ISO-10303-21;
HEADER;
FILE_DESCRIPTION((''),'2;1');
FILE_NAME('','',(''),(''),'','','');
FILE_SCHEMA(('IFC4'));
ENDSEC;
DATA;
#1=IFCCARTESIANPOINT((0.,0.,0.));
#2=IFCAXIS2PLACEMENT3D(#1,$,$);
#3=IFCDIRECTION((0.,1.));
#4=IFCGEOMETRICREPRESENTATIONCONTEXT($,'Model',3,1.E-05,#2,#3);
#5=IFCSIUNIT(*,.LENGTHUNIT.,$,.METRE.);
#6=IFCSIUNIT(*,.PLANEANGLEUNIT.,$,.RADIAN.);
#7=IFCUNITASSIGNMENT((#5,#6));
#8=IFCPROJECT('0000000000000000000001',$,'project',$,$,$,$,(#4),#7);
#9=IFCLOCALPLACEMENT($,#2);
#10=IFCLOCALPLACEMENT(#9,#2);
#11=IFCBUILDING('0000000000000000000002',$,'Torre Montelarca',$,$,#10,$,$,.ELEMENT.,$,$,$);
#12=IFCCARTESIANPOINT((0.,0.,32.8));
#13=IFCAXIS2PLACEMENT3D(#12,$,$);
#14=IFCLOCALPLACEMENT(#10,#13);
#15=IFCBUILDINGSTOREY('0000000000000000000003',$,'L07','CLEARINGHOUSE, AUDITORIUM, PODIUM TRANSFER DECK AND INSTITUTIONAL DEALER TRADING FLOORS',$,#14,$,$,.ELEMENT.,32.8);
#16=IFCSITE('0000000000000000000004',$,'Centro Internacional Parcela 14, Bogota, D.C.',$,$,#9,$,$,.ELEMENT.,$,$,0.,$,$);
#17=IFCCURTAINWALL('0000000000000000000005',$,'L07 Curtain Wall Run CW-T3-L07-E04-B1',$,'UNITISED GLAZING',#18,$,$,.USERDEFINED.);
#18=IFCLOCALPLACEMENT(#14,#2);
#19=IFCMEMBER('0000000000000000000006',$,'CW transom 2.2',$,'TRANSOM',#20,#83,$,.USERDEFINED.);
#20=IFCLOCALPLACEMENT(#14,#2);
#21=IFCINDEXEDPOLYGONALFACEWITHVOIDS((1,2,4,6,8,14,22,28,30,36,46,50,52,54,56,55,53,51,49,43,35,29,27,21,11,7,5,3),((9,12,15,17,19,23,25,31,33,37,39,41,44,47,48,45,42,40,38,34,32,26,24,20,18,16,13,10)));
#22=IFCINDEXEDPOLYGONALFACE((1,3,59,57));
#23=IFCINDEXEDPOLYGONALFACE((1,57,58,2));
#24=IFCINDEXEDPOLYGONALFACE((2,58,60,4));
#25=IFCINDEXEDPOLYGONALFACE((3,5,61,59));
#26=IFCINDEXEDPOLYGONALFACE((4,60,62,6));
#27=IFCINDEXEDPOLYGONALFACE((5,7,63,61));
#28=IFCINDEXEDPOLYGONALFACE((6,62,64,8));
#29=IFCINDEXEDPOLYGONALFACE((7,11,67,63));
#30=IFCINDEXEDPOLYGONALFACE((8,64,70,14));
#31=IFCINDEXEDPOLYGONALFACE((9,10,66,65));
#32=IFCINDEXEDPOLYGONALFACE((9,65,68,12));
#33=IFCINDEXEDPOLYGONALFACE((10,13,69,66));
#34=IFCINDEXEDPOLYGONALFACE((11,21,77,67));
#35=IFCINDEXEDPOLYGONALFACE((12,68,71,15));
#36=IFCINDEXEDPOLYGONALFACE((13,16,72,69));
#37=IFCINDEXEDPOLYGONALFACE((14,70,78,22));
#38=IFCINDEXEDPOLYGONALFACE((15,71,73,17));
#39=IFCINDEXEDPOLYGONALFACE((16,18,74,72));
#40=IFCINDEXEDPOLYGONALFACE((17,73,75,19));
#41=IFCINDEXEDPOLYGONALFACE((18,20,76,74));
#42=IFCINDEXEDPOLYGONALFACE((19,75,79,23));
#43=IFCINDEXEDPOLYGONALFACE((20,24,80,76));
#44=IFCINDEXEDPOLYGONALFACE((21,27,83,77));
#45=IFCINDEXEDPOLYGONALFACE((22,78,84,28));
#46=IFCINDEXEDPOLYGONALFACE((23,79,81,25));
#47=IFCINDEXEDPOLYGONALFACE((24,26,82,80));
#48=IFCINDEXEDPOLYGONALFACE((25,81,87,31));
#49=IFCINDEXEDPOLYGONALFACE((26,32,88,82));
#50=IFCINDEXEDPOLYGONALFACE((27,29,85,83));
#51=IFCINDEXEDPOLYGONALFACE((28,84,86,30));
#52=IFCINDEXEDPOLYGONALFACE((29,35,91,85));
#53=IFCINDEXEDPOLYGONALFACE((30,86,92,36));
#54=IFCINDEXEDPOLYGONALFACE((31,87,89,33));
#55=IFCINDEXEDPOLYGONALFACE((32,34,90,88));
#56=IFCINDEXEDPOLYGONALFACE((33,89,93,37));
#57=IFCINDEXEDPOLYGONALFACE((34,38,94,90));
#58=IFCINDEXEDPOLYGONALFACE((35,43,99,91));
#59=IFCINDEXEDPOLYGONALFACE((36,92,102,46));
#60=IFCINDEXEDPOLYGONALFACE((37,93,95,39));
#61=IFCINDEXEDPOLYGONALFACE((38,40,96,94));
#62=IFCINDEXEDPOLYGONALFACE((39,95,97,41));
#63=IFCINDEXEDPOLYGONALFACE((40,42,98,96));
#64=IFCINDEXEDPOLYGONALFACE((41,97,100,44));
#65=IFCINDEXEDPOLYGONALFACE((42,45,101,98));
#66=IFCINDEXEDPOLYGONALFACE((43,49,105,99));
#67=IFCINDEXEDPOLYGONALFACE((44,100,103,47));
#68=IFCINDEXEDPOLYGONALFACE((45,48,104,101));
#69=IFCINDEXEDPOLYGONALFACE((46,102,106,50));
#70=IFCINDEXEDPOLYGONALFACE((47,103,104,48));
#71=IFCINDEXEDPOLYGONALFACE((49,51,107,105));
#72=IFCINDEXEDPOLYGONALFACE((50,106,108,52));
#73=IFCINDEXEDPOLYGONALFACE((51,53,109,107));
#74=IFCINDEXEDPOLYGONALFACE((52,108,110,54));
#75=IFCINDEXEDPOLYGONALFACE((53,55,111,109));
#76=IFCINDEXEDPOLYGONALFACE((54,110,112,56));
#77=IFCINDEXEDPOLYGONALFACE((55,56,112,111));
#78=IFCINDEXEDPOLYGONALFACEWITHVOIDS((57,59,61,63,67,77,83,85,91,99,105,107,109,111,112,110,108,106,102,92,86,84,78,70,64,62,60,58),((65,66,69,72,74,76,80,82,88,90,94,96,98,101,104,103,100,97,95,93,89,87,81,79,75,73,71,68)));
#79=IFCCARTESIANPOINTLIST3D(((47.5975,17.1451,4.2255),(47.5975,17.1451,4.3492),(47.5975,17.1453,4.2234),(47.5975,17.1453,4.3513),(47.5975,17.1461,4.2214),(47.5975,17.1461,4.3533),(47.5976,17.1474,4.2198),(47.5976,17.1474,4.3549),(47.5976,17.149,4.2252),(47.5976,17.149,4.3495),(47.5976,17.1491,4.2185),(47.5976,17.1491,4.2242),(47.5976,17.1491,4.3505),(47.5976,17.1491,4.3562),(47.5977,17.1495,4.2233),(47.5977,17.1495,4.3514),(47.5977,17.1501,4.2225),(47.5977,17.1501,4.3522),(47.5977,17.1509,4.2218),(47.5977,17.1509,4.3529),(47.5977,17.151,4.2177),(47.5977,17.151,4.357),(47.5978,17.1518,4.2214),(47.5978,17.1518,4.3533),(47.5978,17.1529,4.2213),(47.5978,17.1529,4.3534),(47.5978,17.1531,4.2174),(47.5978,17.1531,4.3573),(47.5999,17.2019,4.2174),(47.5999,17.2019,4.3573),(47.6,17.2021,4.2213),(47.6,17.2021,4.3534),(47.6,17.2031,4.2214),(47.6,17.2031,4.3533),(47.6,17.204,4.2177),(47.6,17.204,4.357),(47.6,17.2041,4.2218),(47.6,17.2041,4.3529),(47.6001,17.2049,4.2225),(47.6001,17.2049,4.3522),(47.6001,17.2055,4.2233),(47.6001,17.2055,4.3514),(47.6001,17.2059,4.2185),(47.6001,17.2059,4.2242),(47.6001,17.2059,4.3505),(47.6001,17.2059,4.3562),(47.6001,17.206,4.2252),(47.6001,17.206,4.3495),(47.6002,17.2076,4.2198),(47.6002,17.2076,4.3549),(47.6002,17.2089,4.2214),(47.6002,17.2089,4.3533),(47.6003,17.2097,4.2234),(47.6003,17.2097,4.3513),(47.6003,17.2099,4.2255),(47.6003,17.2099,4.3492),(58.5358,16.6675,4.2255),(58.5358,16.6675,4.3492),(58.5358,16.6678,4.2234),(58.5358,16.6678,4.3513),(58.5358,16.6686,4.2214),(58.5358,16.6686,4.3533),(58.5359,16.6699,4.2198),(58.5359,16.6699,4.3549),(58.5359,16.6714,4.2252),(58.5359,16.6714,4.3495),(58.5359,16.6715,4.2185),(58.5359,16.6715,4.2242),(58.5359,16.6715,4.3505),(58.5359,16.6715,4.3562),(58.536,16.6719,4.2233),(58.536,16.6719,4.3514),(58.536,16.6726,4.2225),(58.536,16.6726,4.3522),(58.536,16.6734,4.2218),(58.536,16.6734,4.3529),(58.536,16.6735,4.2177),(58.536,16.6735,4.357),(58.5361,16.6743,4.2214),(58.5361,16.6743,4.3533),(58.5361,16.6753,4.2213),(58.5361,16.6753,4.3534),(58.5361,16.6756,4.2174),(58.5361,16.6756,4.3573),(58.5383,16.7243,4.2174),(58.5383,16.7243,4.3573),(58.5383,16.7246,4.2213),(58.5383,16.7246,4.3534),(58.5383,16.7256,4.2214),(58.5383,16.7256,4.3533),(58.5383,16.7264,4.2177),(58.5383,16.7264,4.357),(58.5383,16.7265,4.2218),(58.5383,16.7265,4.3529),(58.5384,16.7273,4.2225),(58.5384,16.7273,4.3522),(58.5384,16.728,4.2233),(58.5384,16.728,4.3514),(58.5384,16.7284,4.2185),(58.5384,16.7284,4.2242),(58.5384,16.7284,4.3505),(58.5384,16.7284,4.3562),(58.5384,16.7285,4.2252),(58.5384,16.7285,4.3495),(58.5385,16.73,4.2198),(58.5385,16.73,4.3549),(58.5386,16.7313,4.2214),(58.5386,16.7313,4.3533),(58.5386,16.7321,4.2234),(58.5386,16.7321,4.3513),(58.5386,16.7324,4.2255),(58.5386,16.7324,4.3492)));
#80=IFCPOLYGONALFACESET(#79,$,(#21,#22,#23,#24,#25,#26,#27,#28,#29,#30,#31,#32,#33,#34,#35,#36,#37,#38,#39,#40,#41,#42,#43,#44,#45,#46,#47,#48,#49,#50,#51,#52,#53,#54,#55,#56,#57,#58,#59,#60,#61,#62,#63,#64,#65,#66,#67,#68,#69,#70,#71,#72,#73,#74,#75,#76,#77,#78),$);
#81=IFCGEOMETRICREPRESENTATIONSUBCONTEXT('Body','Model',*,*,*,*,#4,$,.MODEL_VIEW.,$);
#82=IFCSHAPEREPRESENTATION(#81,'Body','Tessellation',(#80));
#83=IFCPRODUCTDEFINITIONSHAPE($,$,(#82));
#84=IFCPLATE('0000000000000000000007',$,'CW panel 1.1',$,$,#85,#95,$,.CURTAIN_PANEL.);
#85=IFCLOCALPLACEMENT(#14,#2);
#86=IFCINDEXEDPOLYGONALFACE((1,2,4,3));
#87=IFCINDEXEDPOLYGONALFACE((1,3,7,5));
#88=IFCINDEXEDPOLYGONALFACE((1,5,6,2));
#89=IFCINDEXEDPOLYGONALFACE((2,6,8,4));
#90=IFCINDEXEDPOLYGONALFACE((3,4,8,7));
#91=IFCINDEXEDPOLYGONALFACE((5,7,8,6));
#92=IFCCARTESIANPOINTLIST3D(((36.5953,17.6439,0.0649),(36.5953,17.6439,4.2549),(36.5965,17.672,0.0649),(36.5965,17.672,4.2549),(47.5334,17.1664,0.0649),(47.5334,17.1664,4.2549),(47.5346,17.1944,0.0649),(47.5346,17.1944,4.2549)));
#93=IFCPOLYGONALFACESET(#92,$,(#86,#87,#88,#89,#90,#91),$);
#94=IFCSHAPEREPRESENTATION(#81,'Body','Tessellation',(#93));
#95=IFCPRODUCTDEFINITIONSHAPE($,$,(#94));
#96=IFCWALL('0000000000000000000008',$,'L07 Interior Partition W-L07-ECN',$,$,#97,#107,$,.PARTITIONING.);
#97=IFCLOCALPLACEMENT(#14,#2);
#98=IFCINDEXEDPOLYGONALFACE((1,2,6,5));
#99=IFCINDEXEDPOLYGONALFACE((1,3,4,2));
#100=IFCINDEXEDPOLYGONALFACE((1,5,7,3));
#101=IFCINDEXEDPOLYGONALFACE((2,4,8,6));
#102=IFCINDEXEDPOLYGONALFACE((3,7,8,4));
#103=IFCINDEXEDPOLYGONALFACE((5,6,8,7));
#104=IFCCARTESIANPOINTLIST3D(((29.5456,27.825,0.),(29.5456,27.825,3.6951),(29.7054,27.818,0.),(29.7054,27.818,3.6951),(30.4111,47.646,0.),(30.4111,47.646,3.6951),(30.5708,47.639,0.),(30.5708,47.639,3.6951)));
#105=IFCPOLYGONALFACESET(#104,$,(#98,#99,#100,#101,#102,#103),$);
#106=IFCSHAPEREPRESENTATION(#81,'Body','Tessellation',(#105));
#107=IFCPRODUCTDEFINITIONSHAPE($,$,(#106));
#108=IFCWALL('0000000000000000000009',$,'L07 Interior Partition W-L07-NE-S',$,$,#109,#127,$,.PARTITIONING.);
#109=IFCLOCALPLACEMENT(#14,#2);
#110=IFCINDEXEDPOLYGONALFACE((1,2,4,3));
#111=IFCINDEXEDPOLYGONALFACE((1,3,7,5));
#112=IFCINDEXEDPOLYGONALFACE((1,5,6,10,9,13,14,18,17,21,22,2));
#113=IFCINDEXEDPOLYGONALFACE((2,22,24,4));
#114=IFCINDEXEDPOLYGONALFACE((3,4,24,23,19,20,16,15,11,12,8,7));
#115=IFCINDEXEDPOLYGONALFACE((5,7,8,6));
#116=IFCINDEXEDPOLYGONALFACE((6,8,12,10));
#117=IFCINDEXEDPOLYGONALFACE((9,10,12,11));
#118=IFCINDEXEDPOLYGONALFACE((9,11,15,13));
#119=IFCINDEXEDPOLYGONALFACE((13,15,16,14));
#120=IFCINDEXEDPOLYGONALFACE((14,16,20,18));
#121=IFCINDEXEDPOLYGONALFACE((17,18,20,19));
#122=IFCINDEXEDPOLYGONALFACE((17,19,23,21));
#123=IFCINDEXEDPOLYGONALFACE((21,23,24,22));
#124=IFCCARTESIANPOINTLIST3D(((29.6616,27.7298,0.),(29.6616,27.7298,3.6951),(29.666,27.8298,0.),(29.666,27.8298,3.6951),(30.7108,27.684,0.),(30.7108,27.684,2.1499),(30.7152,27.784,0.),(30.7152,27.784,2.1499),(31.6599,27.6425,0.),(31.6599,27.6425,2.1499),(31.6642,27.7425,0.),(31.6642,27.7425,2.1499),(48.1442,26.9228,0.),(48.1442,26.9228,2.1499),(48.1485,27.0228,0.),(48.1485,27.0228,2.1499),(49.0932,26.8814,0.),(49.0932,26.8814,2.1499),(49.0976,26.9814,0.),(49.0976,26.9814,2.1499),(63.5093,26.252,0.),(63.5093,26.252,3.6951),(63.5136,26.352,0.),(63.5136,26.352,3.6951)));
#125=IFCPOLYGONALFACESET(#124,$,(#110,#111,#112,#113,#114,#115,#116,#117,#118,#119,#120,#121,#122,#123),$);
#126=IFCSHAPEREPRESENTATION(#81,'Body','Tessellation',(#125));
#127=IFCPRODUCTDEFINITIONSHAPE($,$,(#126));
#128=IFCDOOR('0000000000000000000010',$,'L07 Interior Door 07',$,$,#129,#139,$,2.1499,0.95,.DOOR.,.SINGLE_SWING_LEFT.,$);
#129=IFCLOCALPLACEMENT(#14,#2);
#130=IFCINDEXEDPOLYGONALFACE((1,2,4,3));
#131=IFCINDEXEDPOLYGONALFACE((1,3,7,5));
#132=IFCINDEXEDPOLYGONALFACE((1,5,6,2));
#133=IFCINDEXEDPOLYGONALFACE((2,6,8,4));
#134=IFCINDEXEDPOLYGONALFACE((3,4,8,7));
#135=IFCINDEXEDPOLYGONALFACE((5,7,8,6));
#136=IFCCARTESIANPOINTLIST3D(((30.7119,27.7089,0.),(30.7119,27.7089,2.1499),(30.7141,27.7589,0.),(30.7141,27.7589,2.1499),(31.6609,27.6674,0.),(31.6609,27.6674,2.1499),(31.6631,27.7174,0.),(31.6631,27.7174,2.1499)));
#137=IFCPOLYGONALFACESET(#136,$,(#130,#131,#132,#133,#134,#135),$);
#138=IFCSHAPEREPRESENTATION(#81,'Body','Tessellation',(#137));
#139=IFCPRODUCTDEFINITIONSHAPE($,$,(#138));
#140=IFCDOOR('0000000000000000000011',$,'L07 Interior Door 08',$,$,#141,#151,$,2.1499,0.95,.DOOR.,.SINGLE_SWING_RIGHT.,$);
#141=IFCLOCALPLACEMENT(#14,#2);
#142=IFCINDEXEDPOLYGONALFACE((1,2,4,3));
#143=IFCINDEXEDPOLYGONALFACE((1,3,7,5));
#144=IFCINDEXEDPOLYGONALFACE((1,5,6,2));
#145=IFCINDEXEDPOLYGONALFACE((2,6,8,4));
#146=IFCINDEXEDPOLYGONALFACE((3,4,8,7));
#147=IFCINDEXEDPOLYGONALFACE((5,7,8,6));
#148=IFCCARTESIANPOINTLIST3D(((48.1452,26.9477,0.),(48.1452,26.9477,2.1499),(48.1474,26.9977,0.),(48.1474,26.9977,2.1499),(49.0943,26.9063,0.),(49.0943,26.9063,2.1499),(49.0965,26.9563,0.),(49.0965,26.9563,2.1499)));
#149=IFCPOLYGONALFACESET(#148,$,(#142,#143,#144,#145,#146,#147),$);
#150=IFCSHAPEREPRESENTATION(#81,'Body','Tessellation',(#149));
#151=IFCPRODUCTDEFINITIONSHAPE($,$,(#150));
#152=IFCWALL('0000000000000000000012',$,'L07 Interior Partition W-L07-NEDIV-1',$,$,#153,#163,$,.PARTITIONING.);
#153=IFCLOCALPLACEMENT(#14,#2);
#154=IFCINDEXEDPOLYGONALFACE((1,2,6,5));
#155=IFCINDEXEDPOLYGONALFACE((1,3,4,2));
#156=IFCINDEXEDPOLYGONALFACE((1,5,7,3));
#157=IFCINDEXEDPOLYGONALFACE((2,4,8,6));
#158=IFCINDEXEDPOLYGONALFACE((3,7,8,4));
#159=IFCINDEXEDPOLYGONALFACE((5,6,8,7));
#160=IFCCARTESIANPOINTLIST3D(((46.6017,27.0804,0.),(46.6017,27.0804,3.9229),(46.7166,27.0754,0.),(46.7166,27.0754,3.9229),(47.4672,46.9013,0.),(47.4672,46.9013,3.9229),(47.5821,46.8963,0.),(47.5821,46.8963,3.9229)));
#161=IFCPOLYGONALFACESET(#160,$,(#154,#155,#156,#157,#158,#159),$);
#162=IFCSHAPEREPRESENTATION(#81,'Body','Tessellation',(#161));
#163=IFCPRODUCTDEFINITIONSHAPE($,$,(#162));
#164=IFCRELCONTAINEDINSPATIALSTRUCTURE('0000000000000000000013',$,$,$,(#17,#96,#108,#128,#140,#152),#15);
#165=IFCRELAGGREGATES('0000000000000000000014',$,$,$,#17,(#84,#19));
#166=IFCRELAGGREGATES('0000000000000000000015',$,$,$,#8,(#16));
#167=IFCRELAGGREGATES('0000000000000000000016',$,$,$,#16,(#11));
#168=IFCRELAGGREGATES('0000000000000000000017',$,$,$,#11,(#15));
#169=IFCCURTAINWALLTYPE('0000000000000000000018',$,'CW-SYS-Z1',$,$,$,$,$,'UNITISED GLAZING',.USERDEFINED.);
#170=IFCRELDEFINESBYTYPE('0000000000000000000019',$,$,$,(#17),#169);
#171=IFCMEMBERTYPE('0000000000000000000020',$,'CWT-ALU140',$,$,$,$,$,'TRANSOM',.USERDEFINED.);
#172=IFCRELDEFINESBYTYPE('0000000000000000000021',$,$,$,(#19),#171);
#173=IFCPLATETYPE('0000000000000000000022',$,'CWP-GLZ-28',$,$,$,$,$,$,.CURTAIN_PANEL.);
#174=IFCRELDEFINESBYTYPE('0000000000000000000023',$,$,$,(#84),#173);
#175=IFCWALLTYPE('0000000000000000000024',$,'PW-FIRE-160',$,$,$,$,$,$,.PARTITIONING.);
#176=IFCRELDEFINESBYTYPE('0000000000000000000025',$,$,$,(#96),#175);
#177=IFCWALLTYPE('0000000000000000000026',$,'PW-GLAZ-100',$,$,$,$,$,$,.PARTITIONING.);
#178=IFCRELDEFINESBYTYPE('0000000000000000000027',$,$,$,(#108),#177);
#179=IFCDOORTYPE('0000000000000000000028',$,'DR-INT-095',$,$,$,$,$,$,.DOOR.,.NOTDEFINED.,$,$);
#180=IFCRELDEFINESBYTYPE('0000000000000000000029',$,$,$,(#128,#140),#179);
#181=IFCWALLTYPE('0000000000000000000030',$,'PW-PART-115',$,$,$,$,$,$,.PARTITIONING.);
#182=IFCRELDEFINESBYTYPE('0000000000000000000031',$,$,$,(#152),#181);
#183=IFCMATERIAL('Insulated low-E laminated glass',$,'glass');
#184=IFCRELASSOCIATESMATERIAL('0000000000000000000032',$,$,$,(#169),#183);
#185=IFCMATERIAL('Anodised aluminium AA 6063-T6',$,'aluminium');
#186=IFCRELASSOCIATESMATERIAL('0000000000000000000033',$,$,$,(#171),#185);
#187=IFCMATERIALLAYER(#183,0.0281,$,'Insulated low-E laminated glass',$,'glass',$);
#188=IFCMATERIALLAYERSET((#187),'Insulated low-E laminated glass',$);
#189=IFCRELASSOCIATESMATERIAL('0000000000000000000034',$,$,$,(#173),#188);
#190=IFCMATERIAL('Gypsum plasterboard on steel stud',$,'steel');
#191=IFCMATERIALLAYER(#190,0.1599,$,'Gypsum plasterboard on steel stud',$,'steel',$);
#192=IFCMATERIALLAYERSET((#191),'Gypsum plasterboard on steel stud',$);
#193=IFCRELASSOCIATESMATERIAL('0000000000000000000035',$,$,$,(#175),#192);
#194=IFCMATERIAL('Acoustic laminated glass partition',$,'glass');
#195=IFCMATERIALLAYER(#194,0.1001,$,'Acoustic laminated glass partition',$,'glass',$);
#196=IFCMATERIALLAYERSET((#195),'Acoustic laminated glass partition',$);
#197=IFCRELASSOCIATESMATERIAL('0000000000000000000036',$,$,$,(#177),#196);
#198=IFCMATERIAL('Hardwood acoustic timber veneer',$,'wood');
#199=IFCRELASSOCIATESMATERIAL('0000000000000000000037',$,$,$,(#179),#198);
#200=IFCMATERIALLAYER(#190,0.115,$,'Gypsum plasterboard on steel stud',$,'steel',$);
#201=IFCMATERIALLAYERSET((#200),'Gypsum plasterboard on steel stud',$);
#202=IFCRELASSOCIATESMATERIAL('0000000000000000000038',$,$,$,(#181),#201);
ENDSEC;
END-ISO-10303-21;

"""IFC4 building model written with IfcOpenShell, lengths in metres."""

from ifc_helpers import new_model, si_unit, direction, frame, frame_2d, origin, origin_2d, place, context, subcontext, project, spatial, rectangle, hollow_rectangle, extrude, source, transform, mapped, material, layer, layer_set, material_profile, profile_set, type_object, element, fill, aggregate, save


model = new_model("IFC4")

# Units and contexts
model_context = context("Model", 3, precision=1e-05, world=origin(), true_north=direction((0.0, 1.0)))
body_context = subcontext(model_context, "Body", "Model", "MODEL_VIEW")
ifc_project = project(units=[si_unit("LENGTHUNIT", "METRE"), si_unit("PLANEANGLEUNIT", "RADIAN")], contexts=[model_context])

# Site, building, storey
site_placement = place(None, origin())
site = spatial("IfcSite", under=ifc_project, at=site_placement, Name="Centro Internacional Parcela 14, Bogota, D.C.", CompositionType="ELEMENT", RefElevation=0.0)
building_placement = place(site_placement, origin())
building = spatial("IfcBuilding", under=site, at=building_placement, Name="Torre Montelarca", CompositionType="ELEMENT")
storey_placement = place(building_placement, frame((0.0, 0.0, 32.8)))
storey = spatial("IfcBuildingStorey", under=building, at=storey_placement, Name="L07", Description="CLEARINGHOUSE, AUDITORIUM, PODIUM TRANSFER DECK AND INSTITUTIONAL DEALER TRADING FLOORS", CompositionType="ELEMENT", Elevation=32.8)

# Shared definitions
ifc_material_1 = material(Name="Insulated low-E laminated glass", Category="glass")
curtain_wall_type = type_object("IfcCurtainWallType", Name="CW-SYS-Z1", ElementType="UNITISED GLAZING", PredefinedType="USERDEFINED", material=ifc_material_1)
ifc_material_2 = material(Name="Anodised aluminium AA 6063-T6", Category="aluminium")

# Curtain wall, member, plate
curtain_wall_1_placement = place(storey_placement, origin())
curtain_wall_1 = element("IfcCurtainWall", 1, at=curtain_wall_1_placement, inside=storey, type_object=curtain_wall_type, Name="L07 Curtain Wall Run CW-T3-L07-E04-B1", ObjectType="UNITISED GLAZING", PredefinedType="USERDEFINED")
ifc_material_profile_1 = material_profile(ifc_material_2, hollow_rectangle(XDim=0.0649, YDim=0.1399, WallThickness=0.0039, InnerFilletRadius=0.0039, OuterFilletRadius=0.0081, at=origin_2d()), Name="ALU65X140X4", Category="aluminium")
ifc_profile_set_1 = profile_set([ifc_material_profile_1], Name="Anodised aluminium AA 6063-T6")
member_type_1 = type_object("IfcMemberType", Name="CWT-ALU140", ElementType="TRANSOM", PredefinedType="USERDEFINED", material=ifc_profile_set_1)
shared_shape_1 = source(origin(), body_context, "Body", "SweptSolid", [
    extrude(hollow_rectangle(XDim=0.0649, YDim=0.1399, WallThickness=0.0039, InnerFilletRadius=0.0039, OuterFilletRadius=0.0081, at=origin_2d()), origin(), (0.0, 0.0, 1.0), 10.9487),
])
member_1_placement = place(storey_placement, frame((47.5989, 17.1775, 4.2874), z_axis=(0.999048, -0.043616, 0.0), x_axis=(0.043616, 0.999048, 0.0)))
member_1 = element("IfcMember", 2, at=member_1_placement, type_object=member_type_1, Name="CW transom 2.2", ObjectType="TRANSOM", PredefinedType="USERDEFINED", context=body_context, shape_type="MappedRepresentation", body=[
    mapped(shared_shape_1, transform((0.0, 0.0, 0.0), scale=1.0)),
])
ifc_layer_1 = layer(ifc_material_1, 0.0281, Name="Insulated low-E laminated glass", Category="glass")
ifc_layer_set_1 = layer_set([ifc_layer_1], Name="Insulated low-E laminated glass")
plate_type = type_object("IfcPlateType", Name="CWP-GLZ-28", PredefinedType="CURTAIN_PANEL", material=ifc_layer_set_1)
shared_shape_2 = source(origin(), body_context, "Body", "SweptSolid", [
    extrude(rectangle(XDim=10.9485, YDim=0.0281, at=origin_2d()), origin(), (0.0, 0.0, 1.0), 4.1899),
])
plate_placement = place(storey_placement, frame((42.0649, 17.4192, 0.0649), z_axis=(0.0, 0.0, 1.0), x_axis=(0.999048, -0.043617, 0.0)))
plate = element("IfcPlate", 3, at=plate_placement, type_object=plate_type, Name="CW panel 1.1", PredefinedType="CURTAIN_PANEL", context=body_context, shape_type="MappedRepresentation", body=[
    mapped(shared_shape_2, transform((0.0, 0.0, 0.0), scale=1.0)),
])
aggregate(curtain_wall_1, [plate, member_1])

# Wall
ifc_material_3 = material(Name="Gypsum plasterboard on steel stud", Category="steel")
ifc_layer_2 = layer(ifc_material_3, 0.1599, Name="Gypsum plasterboard on steel stud", Category="steel")
ifc_layer_set_2 = layer_set([ifc_layer_2], Name="Gypsum plasterboard on steel stud")
wall_type_1 = type_object("IfcWallType", Name="PW-FIRE-160", PredefinedType="PARTITIONING", material=ifc_layer_set_2)
wall_1_placement = place(storey_placement, frame((29.6255, 27.8215, 0.0), z_axis=(0.0, 0.0, 1.0), x_axis=(0.043623, 0.999048, 0.0)))
element("IfcWall", 4, at=wall_1_placement, inside=storey, type_object=wall_type_1, Name="L07 Interior Partition W-L07-ECN", PredefinedType="PARTITIONING", context=body_context, shape_type="SweptSolid", body=[
    extrude(rectangle(XDim=19.8398, YDim=0.1599, at=frame_2d((9.9199, 0.0))), origin(), (0.0, 0.0, 1.0), 3.6951),
])

# Wall, openings, doors
ifc_material_4 = material(Name="Acoustic laminated glass partition", Category="glass")
ifc_layer_3 = layer(ifc_material_4, 0.1001, Name="Acoustic laminated glass partition", Category="glass")
ifc_layer_set_3 = layer_set([ifc_layer_3], Name="Acoustic laminated glass partition")
wall_type_2 = type_object("IfcWallType", Name="PW-GLAZ-100", PredefinedType="PARTITIONING", material=ifc_layer_set_3)
wall_2_placement = place(storey_placement, frame((29.6638, 27.7798, 0.0), z_axis=(0.0, 0.0, 1.0), x_axis=(0.999048, -0.043618, 0.0)))
wall_2 = element("IfcWall", 5, at=wall_2_placement, inside=storey, type_object=wall_type_2, Name="L07 Interior Partition W-L07-NE-S", PredefinedType="PARTITIONING", context=body_context, shape_type="SweptSolid", body=[
    extrude(rectangle(XDim=33.8799, YDim=0.1001, at=frame_2d((16.9399, 0.0))), origin(), (0.0, 0.0, 1.0), 3.6951),
])
opening_1_placement = place(wall_2_placement, frame((1.05, 0.0, 0.0)))
opening_1 = element("IfcOpeningElement", 6, at=opening_1_placement, cuts=wall_2, PredefinedType="OPENING", context=body_context, shape_type="SweptSolid", body=[
    extrude(rectangle(XDim=0.95, YDim=2.1499, at=frame_2d((0.4751, 1.075))), frame((0.0, 0.0601, 0.0), z_axis=(0.0, -1.0, 0.0), x_axis=(1.0, 0.0, 0.0)), (0.0, 0.0, 1.0), 0.1201),
])
opening_2_placement = place(wall_2_placement, frame((18.5, 0.0, 0.0)))
opening_2 = element("IfcOpeningElement", 7, at=opening_2_placement, cuts=wall_2, PredefinedType="OPENING", context=body_context, shape_type="SweptSolid", body=[
    extrude(rectangle(XDim=0.95, YDim=2.1499, at=frame_2d((0.4751, 1.075))), frame((0.0, 0.0601, 0.0), z_axis=(0.0, -1.0, 0.0), x_axis=(1.0, 0.0, 0.0)), (0.0, 0.0, 1.0), 0.1201),
])
ifc_material_5 = material(Name="Hardwood acoustic timber veneer", Category="wood")
door_type = type_object("IfcDoorType", Name="DR-INT-095", OperationType="NOTDEFINED", PredefinedType="DOOR", material=ifc_material_5)
shared_shape_3 = source(origin(), body_context, "Body", "SweptSolid", [
    extrude(rectangle(XDim=0.95, YDim=2.1499, at=frame_2d((0.4751, 1.075))), frame((0.0, 0.0249, 0.0), z_axis=(0.0, -1.0, 0.0), x_axis=(1.0, 0.0, 0.0)), (0.0, 0.0, 1.0), 0.05),
])
door_1_placement = place(opening_1_placement, origin())
door_1 = element("IfcDoor", 8, at=door_1_placement, inside=storey, type_object=door_type, Name="L07 Interior Door 07", OperationType="SINGLE_SWING_LEFT", OverallHeight=2.1499, OverallWidth=0.95, PredefinedType="DOOR", context=body_context, shape_type="MappedRepresentation", body=[
    mapped(shared_shape_3, transform((0.0, 0.0, 0.0), scale=1.0)),
])
fill(opening_1, door_1)
door_2_placement = place(opening_2_placement, origin())
door_2 = element("IfcDoor", 9, at=door_2_placement, inside=storey, type_object=door_type, Name="L07 Interior Door 08", OperationType="SINGLE_SWING_RIGHT", OverallHeight=2.1499, OverallWidth=0.95, PredefinedType="DOOR", context=body_context, shape_type="MappedRepresentation", body=[
    mapped(shared_shape_3, transform((0.0, 0.0, 0.0), scale=1.0)),
])
fill(opening_2, door_2)

# Wall
ifc_layer_4 = layer(ifc_material_3, 0.115, Name="Gypsum plasterboard on steel stud", Category="steel")
ifc_layer_set_4 = layer_set([ifc_layer_4], Name="Gypsum plasterboard on steel stud")
wall_type_3 = type_object("IfcWallType", Name="PW-PART-115", PredefinedType="PARTITIONING", material=ifc_layer_set_4)
wall_3_placement = place(storey_placement, frame((46.6592, 27.0779, 0.0), z_axis=(0.0, 0.0, 1.0), x_axis=(0.043623, 0.999048, 0.0)))
element("IfcWall", 10, at=wall_3_placement, inside=storey, type_object=wall_type_3, Name="L07 Interior Partition W-L07-NEDIV-1", PredefinedType="PARTITIONING", context=body_context, shape_type="SweptSolid", body=[
    extrude(rectangle(XDim=19.8398, YDim=0.115, at=frame_2d((9.9199, 0.0))), origin(), (0.0, 0.0, 1.0), 3.9229),
])

save(model, "model.ifc")
